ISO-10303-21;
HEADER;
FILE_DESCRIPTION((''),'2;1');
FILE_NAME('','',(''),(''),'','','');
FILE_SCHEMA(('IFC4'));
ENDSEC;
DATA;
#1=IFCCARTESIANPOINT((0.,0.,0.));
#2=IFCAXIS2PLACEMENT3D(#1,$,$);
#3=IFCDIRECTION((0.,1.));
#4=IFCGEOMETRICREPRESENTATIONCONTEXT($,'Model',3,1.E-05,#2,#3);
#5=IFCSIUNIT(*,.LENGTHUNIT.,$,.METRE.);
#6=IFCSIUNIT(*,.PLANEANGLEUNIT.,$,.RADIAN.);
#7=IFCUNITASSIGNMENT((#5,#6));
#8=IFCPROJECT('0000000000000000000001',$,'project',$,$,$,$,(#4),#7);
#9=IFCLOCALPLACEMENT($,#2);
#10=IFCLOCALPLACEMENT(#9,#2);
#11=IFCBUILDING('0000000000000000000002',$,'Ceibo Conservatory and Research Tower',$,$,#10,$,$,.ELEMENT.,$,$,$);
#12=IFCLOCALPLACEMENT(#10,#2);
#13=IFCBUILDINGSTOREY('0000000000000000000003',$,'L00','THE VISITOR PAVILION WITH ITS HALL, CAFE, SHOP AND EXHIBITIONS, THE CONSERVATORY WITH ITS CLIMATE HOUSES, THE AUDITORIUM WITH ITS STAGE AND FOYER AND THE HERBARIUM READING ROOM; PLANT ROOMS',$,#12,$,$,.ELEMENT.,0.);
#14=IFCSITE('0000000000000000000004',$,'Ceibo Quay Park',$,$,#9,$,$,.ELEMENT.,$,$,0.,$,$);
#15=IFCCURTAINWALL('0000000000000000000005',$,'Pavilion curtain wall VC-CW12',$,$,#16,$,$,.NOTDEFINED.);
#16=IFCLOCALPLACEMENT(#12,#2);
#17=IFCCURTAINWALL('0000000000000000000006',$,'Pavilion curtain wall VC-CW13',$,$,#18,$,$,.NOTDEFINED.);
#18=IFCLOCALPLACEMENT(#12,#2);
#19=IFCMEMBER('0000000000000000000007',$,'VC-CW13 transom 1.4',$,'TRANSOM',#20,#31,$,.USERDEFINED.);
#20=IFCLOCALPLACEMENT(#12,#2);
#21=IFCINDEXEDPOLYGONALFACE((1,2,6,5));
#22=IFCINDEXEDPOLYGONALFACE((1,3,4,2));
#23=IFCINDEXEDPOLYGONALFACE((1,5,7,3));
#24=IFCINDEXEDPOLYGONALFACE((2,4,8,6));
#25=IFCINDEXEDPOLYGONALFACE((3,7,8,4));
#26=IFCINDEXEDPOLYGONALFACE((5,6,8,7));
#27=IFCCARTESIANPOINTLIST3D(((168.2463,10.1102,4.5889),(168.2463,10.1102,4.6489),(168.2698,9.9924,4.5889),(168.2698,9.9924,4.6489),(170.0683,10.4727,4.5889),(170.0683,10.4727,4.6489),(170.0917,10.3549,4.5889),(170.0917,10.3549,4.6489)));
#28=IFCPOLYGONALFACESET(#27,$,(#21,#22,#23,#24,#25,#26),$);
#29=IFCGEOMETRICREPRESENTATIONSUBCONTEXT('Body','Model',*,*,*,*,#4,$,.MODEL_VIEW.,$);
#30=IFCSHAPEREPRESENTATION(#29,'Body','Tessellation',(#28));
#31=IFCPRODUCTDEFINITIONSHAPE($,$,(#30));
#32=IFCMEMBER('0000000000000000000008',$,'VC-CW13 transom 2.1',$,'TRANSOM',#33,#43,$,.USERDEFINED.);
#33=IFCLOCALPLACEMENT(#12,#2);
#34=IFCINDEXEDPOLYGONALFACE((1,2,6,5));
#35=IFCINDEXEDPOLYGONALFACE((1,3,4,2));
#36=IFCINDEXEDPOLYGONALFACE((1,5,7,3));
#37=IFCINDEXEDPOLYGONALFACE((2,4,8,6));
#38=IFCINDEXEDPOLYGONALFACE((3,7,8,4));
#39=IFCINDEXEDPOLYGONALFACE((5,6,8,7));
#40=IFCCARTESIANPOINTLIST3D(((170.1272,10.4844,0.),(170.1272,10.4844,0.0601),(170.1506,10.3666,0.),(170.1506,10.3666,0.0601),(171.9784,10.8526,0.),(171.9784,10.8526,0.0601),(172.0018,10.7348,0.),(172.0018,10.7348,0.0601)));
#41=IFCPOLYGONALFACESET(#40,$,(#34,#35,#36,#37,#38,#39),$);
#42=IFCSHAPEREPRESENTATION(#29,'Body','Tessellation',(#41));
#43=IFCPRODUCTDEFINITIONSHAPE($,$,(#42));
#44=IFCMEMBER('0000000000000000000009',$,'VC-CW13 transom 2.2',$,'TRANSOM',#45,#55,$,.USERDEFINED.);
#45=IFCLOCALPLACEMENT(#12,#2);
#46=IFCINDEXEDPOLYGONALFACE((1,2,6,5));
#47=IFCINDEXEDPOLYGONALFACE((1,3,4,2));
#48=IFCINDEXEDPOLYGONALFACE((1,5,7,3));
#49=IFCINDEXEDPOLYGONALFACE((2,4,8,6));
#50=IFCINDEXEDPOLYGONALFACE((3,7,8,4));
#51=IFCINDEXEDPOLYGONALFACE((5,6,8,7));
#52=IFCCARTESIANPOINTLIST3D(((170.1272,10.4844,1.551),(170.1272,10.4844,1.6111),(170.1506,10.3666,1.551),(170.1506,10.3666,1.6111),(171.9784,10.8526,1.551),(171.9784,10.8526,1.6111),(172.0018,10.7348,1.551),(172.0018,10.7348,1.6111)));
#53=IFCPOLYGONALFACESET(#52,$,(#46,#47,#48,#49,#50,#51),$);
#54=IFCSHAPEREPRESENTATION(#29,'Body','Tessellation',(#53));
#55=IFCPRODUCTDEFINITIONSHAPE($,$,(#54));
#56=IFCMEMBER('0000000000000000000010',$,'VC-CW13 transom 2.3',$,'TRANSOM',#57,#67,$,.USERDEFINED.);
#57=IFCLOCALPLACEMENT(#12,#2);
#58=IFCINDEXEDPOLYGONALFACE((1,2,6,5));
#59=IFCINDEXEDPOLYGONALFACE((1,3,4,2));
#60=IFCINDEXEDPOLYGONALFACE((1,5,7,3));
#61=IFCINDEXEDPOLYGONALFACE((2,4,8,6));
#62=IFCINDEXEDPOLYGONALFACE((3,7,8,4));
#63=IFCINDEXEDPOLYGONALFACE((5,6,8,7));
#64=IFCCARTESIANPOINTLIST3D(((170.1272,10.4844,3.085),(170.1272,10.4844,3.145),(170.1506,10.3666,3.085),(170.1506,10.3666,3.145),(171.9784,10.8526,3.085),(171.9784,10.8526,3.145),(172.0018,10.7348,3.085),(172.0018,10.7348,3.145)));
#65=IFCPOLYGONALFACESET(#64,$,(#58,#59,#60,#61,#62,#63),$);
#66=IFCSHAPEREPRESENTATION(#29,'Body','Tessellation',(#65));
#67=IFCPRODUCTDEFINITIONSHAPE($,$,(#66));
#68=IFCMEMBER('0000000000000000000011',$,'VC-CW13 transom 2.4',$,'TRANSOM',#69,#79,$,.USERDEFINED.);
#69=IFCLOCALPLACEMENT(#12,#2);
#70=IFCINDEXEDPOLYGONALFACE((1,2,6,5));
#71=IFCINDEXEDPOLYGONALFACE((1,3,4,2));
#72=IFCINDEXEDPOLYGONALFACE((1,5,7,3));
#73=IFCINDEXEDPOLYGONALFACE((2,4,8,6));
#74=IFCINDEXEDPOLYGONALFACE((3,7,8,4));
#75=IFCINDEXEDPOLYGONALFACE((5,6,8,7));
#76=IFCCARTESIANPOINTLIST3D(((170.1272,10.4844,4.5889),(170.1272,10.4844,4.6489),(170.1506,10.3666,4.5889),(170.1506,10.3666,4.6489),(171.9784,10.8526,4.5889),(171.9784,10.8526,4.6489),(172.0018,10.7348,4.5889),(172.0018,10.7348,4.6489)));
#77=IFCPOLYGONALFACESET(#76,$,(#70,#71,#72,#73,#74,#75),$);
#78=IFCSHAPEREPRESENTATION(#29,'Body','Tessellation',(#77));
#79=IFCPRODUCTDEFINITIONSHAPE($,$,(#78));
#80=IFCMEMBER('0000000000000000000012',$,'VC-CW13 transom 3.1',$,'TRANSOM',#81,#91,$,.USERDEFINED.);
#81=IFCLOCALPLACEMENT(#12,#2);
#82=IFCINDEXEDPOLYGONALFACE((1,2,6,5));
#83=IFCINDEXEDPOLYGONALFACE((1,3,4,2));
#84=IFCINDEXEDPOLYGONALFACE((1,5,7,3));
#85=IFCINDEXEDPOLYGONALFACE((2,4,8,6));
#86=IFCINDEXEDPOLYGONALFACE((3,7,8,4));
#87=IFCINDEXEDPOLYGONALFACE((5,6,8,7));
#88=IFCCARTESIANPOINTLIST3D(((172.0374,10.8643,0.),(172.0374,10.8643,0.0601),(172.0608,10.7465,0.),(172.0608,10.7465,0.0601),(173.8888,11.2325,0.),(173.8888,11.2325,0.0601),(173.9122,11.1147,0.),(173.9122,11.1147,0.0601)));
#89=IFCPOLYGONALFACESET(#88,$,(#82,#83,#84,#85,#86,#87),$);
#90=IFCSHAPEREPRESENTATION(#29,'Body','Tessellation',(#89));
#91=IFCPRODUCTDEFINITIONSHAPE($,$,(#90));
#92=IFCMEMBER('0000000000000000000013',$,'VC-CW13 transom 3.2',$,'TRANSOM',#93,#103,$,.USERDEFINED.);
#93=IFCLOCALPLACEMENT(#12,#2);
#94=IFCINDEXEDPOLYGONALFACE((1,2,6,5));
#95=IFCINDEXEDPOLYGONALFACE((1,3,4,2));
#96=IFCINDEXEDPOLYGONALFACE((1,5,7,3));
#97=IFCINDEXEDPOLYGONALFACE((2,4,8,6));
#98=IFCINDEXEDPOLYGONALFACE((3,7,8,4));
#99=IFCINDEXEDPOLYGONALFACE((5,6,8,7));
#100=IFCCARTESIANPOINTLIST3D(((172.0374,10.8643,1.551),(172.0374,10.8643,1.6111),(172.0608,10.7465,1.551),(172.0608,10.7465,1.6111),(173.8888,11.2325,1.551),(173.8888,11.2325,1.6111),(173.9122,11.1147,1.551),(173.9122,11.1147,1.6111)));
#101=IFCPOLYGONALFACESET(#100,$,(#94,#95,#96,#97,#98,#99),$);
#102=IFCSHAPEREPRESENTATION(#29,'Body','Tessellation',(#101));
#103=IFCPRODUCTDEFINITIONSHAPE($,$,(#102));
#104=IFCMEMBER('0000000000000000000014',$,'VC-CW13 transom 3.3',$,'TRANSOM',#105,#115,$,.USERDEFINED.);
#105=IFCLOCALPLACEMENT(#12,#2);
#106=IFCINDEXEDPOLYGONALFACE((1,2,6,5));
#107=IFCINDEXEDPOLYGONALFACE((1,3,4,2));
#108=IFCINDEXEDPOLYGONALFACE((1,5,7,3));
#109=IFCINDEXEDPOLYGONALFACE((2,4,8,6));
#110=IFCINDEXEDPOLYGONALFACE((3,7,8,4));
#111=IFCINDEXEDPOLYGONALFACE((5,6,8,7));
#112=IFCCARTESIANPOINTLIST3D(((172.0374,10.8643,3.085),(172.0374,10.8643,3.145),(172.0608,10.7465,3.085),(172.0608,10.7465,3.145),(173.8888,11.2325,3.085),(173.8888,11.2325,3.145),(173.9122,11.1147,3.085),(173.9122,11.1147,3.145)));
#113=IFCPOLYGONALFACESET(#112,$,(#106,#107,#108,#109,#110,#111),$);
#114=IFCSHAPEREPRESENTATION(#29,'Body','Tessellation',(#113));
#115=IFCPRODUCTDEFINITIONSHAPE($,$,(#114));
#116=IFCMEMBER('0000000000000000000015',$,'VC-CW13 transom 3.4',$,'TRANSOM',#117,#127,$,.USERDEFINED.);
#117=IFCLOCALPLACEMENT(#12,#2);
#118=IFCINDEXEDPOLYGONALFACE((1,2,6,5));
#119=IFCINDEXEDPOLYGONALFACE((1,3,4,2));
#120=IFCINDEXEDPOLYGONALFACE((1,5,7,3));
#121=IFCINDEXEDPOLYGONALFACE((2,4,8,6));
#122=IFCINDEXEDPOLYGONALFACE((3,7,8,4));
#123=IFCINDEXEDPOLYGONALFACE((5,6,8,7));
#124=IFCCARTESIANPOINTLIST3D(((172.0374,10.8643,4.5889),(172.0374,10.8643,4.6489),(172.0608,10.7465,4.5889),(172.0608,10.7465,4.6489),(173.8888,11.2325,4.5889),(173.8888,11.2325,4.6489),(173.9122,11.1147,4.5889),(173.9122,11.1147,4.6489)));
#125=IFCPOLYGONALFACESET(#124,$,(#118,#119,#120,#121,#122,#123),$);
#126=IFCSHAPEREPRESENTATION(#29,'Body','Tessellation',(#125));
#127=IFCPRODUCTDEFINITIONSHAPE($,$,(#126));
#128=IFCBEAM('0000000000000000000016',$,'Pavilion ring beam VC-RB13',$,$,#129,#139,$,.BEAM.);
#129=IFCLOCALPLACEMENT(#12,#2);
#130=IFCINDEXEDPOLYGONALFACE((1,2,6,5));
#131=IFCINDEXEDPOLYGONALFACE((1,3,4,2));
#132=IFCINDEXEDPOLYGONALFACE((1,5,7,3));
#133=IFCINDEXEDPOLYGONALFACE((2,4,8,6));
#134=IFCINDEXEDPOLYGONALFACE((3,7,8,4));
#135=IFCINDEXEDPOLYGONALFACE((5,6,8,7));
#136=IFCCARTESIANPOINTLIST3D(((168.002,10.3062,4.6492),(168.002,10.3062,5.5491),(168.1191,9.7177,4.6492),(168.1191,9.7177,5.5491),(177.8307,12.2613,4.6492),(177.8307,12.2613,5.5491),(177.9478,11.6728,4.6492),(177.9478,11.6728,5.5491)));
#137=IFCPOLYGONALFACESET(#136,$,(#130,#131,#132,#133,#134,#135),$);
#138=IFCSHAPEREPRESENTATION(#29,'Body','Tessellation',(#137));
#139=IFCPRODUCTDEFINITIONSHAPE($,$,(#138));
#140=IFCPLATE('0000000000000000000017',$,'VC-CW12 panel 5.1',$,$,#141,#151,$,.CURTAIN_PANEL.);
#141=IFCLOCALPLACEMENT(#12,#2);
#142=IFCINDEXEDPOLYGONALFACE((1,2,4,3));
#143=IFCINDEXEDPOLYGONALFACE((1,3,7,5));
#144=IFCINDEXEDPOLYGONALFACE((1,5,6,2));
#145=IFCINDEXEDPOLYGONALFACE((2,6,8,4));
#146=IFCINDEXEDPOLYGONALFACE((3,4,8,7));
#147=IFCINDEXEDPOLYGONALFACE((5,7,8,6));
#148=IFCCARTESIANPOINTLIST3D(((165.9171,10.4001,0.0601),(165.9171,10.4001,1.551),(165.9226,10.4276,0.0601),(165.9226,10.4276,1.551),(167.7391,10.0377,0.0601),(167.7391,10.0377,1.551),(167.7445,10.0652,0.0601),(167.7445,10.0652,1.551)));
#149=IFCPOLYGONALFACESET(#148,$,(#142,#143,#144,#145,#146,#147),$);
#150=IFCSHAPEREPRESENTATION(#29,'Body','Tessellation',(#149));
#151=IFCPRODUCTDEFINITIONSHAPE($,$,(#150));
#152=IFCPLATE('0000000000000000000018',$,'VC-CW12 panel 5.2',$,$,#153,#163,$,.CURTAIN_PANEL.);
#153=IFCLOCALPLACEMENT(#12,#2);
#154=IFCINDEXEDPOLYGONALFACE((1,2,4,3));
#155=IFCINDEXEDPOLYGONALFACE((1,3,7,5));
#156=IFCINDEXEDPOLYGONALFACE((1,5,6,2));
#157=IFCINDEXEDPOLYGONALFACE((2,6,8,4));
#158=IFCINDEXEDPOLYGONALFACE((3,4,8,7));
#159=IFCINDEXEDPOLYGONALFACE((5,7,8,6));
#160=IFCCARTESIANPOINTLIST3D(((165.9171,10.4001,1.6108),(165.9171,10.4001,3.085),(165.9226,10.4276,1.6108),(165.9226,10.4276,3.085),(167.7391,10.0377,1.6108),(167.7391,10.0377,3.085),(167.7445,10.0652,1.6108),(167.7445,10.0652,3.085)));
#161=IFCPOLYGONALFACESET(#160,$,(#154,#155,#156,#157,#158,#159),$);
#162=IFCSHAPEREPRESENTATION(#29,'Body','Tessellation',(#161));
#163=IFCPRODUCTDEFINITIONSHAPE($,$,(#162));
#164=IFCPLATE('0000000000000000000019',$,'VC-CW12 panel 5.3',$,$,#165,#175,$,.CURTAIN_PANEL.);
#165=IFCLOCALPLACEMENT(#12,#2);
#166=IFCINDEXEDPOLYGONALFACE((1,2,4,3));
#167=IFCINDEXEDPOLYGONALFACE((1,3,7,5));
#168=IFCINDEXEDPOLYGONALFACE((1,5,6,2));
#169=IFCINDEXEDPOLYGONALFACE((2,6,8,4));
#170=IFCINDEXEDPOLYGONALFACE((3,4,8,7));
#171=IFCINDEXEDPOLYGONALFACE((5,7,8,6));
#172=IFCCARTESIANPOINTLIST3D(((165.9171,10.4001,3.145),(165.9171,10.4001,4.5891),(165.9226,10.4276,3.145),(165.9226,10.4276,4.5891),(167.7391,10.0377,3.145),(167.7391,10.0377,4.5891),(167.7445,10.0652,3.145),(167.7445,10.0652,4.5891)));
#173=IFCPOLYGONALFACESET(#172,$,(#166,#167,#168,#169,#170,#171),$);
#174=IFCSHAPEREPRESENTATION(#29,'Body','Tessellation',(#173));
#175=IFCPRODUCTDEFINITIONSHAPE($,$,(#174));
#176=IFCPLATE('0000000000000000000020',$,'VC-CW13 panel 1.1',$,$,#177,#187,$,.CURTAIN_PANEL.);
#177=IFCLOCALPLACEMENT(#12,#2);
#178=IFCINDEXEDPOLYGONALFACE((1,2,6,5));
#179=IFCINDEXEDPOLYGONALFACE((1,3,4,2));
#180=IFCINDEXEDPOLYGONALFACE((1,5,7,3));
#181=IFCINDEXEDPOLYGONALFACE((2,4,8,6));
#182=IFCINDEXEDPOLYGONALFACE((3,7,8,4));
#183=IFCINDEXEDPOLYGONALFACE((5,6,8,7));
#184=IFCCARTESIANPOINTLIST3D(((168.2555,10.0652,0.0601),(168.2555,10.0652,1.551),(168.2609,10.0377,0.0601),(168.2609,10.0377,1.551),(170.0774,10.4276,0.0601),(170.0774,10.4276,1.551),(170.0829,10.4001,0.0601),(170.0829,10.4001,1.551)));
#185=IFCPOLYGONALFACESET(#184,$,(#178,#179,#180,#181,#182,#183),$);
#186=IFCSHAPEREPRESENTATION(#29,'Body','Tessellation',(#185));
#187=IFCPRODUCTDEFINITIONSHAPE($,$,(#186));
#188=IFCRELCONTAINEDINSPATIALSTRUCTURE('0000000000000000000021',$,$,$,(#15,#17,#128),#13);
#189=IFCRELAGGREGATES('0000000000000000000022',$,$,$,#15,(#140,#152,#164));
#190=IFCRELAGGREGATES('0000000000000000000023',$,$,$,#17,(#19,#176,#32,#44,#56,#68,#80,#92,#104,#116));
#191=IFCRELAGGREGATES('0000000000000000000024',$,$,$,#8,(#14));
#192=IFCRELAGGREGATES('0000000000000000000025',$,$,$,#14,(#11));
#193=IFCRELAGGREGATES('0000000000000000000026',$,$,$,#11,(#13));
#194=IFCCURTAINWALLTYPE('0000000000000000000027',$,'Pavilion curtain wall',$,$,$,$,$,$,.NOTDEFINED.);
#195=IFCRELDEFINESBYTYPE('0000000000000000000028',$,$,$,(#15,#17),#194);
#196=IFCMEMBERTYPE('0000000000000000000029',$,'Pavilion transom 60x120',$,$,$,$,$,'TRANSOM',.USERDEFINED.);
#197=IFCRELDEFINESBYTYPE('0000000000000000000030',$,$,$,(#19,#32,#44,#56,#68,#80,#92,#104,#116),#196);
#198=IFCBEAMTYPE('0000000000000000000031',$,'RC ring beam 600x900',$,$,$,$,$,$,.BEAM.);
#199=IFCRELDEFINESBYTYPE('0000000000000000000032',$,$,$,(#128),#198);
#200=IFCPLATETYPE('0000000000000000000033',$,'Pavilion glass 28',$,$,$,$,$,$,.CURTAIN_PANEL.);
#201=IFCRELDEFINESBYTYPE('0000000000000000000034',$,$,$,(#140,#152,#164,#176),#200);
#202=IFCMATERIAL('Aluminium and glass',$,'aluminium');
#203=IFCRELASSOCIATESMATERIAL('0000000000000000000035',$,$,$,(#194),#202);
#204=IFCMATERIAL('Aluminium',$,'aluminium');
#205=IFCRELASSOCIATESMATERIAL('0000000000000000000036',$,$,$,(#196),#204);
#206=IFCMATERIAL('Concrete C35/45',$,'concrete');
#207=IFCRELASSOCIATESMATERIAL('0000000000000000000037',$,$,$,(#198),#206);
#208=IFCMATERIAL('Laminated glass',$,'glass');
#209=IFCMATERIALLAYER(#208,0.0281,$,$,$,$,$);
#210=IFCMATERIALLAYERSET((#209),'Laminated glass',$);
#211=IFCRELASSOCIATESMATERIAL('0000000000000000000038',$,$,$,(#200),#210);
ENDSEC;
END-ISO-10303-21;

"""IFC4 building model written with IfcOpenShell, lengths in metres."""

from ifc_helpers import new_model, si_unit, direction, frame, origin, origin_2d, place, context, subcontext, project, spatial, rectangle, extrude, material, layer, layer_set, material_profile, profile_set, type_object, element, aggregate, save


model = new_model("IFC4")

# Units and contexts
model_context = context("Model", 3, precision=1e-05, world=origin(), true_north=direction((0.0, 1.0)))
body_context = subcontext(model_context, "Body", "Model", "MODEL_VIEW")
ifc_project = project(units=[si_unit("LENGTHUNIT", "METRE"), si_unit("PLANEANGLEUNIT", "RADIAN")], contexts=[model_context])

# Site, building, storey
site_placement = place(None, origin())
site = spatial("IfcSite", under=ifc_project, at=site_placement, Name="Ceibo Quay Park", CompositionType="ELEMENT", RefElevation=0.0)
building_placement = place(site_placement, origin())
building = spatial("IfcBuilding", under=site, at=building_placement, Name="Ceibo Conservatory and Research Tower", CompositionType="ELEMENT")
storey_placement = place(building_placement, origin())
storey = spatial("IfcBuildingStorey", under=building, at=storey_placement, Name="L00", Description="THE VISITOR PAVILION WITH ITS HALL, CAFE, SHOP AND EXHIBITIONS, THE CONSERVATORY WITH ITS CLIMATE HOUSES, THE AUDITORIUM WITH ITS STAGE AND FOYER AND THE HERBARIUM READING ROOM; PLANT ROOMS", CompositionType="ELEMENT", Elevation=0.0)

# Shared definitions
ifc_material_1 = material(Name="Concrete C35/45", Category="concrete")

# Curtain wall
ifc_material_2 = material(Name="Aluminium and glass", Category="aluminium")
curtain_wall_type = type_object("IfcCurtainWallType", Name="Pavilion curtain wall", PredefinedType="NOTDEFINED", material=ifc_material_2)
curtain_wall_1_placement = place(storey_placement, origin())
curtain_wall_1 = element("IfcCurtainWall", 1, at=curtain_wall_1_placement, inside=storey, type_object=curtain_wall_type, Name="Pavilion curtain wall VC-CW12", PredefinedType="NOTDEFINED")
ifc_material_3 = material(Name="Aluminium", Category="aluminium")

# Curtain wall, members
curtain_wall_2_placement = place(storey_placement, origin())
curtain_wall_2 = element("IfcCurtainWall", 2, at=curtain_wall_2_placement, inside=storey, type_object=curtain_wall_type, Name="Pavilion curtain wall VC-CW13", PredefinedType="NOTDEFINED")
ifc_material_profile_1 = material_profile(ifc_material_3, rectangle(XDim=0.1201, YDim=0.0601, at=origin_2d()), Name="AL 60x120")
ifc_profile_set_1 = profile_set([ifc_material_profile_1], Name="Aluminium")
member_type_1 = type_object("IfcMemberType", Name="Pavilion transom 60x120", ElementType="TRANSOM", PredefinedType="USERDEFINED", material=ifc_profile_set_1)
member_1_placement = place(storey_placement, frame((168.2581, 10.0513, 4.6189), z_axis=(0.980772, 0.195156, 0.0), x_axis=(-0.195156, 0.980772, 0.0)))
member_1 = element("IfcMember", 3, at=member_1_placement, type_object=member_type_1, Name="VC-CW13 transom 1.4", ObjectType="TRANSOM", PredefinedType="USERDEFINED", context=body_context, shape_type="SweptSolid", body=[
    extrude(rectangle(XDim=0.1201, YDim=0.0601, at=origin_2d()), origin(), (0.0, 0.0, 1.0), 1.8577),
])
member_2_placement = place(storey_placement, frame((170.1389, 10.4255, 0.03), z_axis=(0.980794, 0.195046, 0.0), x_axis=(-0.195046, 0.980794, 0.0)))
member_2 = element("IfcMember", 4, at=member_2_placement, type_object=member_type_1, Name="VC-CW13 transom 2.1", ObjectType="TRANSOM", PredefinedType="USERDEFINED", context=body_context, shape_type="SweptSolid", body=[
    extrude(rectangle(XDim=0.1201, YDim=0.0601, at=origin_2d()), origin(), (0.0, 0.0, 1.0), 1.8875),
])
member_3_placement = place(storey_placement, frame((170.1389, 10.4255, 1.5811), z_axis=(0.980794, 0.195046, 0.0), x_axis=(-0.195046, 0.980794, 0.0)))
member_3 = element("IfcMember", 5, at=member_3_placement, type_object=member_type_1, Name="VC-CW13 transom 2.2", ObjectType="TRANSOM", PredefinedType="USERDEFINED", context=body_context, shape_type="SweptSolid", body=[
    extrude(rectangle(XDim=0.1201, YDim=0.0601, at=origin_2d()), origin(), (0.0, 0.0, 1.0), 1.8875),
])
member_4_placement = place(storey_placement, frame((170.1389, 10.4255, 3.115), z_axis=(0.980794, 0.195046, 0.0), x_axis=(-0.195046, 0.980794, 0.0)))
member_4 = element("IfcMember", 6, at=member_4_placement, type_object=member_type_1, Name="VC-CW13 transom 2.3", ObjectType="TRANSOM", PredefinedType="USERDEFINED", context=body_context, shape_type="SweptSolid", body=[
    extrude(rectangle(XDim=0.1201, YDim=0.0601, at=origin_2d()), origin(), (0.0, 0.0, 1.0), 1.8875),
])
member_5_placement = place(storey_placement, frame((170.1389, 10.4255, 4.6189), z_axis=(0.980794, 0.195046, 0.0), x_axis=(-0.195046, 0.980794, 0.0)))
member_5 = element("IfcMember", 7, at=member_5_placement, type_object=member_type_1, Name="VC-CW13 transom 2.4", ObjectType="TRANSOM", PredefinedType="USERDEFINED", context=body_context, shape_type="SweptSolid", body=[
    extrude(rectangle(XDim=0.1201, YDim=0.0601, at=origin_2d()), origin(), (0.0, 0.0, 1.0), 1.8875),
])
member_6_placement = place(storey_placement, frame((172.0491, 10.8054, 0.03), z_axis=(0.980799, 0.195022, 0.0), x_axis=(-0.195022, 0.980799, 0.0)))
member_6 = element("IfcMember", 8, at=member_6_placement, type_object=member_type_1, Name="VC-CW13 transom 3.1", ObjectType="TRANSOM", PredefinedType="USERDEFINED", context=body_context, shape_type="SweptSolid", body=[
    extrude(rectangle(XDim=0.1201, YDim=0.0601, at=origin_2d()), origin(), (0.0, 0.0, 1.0), 1.8877),
])
member_7_placement = place(storey_placement, frame((172.0491, 10.8054, 1.5811), z_axis=(0.980799, 0.195022, 0.0), x_axis=(-0.195022, 0.980799, 0.0)))
member_7 = element("IfcMember", 9, at=member_7_placement, type_object=member_type_1, Name="VC-CW13 transom 3.2", ObjectType="TRANSOM", PredefinedType="USERDEFINED", context=body_context, shape_type="SweptSolid", body=[
    extrude(rectangle(XDim=0.1201, YDim=0.0601, at=origin_2d()), origin(), (0.0, 0.0, 1.0), 1.8877),
])
member_8_placement = place(storey_placement, frame((172.0491, 10.8054, 3.115), z_axis=(0.980799, 0.195022, 0.0), x_axis=(-0.195022, 0.980799, 0.0)))
member_8 = element("IfcMember", 10, at=member_8_placement, type_object=member_type_1, Name="VC-CW13 transom 3.3", ObjectType="TRANSOM", PredefinedType="USERDEFINED", context=body_context, shape_type="SweptSolid", body=[
    extrude(rectangle(XDim=0.1201, YDim=0.0601, at=origin_2d()), origin(), (0.0, 0.0, 1.0), 1.8877),
])
member_9_placement = place(storey_placement, frame((172.0491, 10.8054, 4.6189), z_axis=(0.980799, 0.195022, 0.0), x_axis=(-0.195022, 0.980799, 0.0)))
member_9 = element("IfcMember", 11, at=member_9_placement, type_object=member_type_1, Name="VC-CW13 transom 3.4", ObjectType="TRANSOM", PredefinedType="USERDEFINED", context=body_context, shape_type="SweptSolid", body=[
    extrude(rectangle(XDim=0.1201, YDim=0.0601, at=origin_2d()), origin(), (0.0, 0.0, 1.0), 1.8877),
])

# Beam
ifc_material_profile_2 = material_profile(ifc_material_1, rectangle(XDim=0.6001, YDim=0.8999, at=origin_2d()), Name="RC 600x900")
ifc_profile_set_2 = profile_set([ifc_material_profile_2], Name="Concrete C35/45")
beam_type = type_object("IfcBeamType", Name="RC ring beam 600x900", PredefinedType="BEAM", material=ifc_profile_set_2)
beam_placement = place(storey_placement, frame((168.0605, 10.012, 5.0991), z_axis=(0.980784, 0.195095, 0.0), x_axis=(-0.195095, 0.980784, 0.0)))
element("IfcBeam", 12, at=beam_placement, inside=storey, type_object=beam_type, Name="Pavilion ring beam VC-RB13", PredefinedType="BEAM", context=body_context, shape_type="SweptSolid", body=[
    extrude(rectangle(XDim=0.6001, YDim=0.8999, at=origin_2d()), origin(), (0.0, 0.0, 1.0), 10.0212),
])

# Plates
ifc_material_4 = material(Name="Laminated glass", Category="glass")
ifc_layer_1 = layer(ifc_material_4, 0.0281)
ifc_layer_set_1 = layer_set([ifc_layer_1], Name="Laminated glass")
plate_type = type_object("IfcPlateType", Name="Pavilion glass 28", PredefinedType="CURTAIN_PANEL", material=ifc_layer_set_1)
plate_1_placement = place(storey_placement, frame((166.8308, 10.2327, 0.0601), z_axis=(0.0, 0.0, 1.0), x_axis=(0.980785, -0.19509, 0.0)))
plate_1 = element("IfcPlate", 13, at=plate_1_placement, type_object=plate_type, Name="VC-CW12 panel 5.1", PredefinedType="CURTAIN_PANEL", context=body_context, shape_type="SweptSolid", body=[
    extrude(rectangle(XDim=1.8577, YDim=0.0281, at=origin_2d()), origin(), (0.0, 0.0, 1.0), 1.491),
])
plate_2_placement = place(storey_placement, frame((166.8308, 10.2327, 1.6108), z_axis=(0.0, 0.0, 1.0), x_axis=(0.980785, -0.19509, 0.0)))
plate_2 = element("IfcPlate", 14, at=plate_2_placement, type_object=plate_type, Name="VC-CW12 panel 5.2", PredefinedType="CURTAIN_PANEL", context=body_context, shape_type="SweptSolid", body=[
    extrude(rectangle(XDim=1.8577, YDim=0.0281, at=origin_2d()), origin(), (0.0, 0.0, 1.0), 1.4741),
])
plate_3_placement = place(storey_placement, frame((166.8308, 10.2327, 3.145), z_axis=(0.0, 0.0, 1.0), x_axis=(0.980785, -0.19509, 0.0)))
plate_3 = element("IfcPlate", 15, at=plate_3_placement, type_object=plate_type, Name="VC-CW12 panel 5.3", PredefinedType="CURTAIN_PANEL", context=body_context, shape_type="SweptSolid", body=[
    extrude(rectangle(XDim=1.8577, YDim=0.0281, at=origin_2d()), origin(), (0.0, 0.0, 1.0), 1.4441),
])
aggregate(curtain_wall_1, [plate_1, plate_2, plate_3])
plate_4_placement = place(storey_placement, frame((169.1692, 10.2327, 0.0601), z_axis=(0.0, 0.0, 1.0), x_axis=(0.980785, 0.19509, 0.0)))
plate_4 = element("IfcPlate", 16, at=plate_4_placement, type_object=plate_type, Name="VC-CW13 panel 1.1", PredefinedType="CURTAIN_PANEL", context=body_context, shape_type="SweptSolid", body=[
    extrude(rectangle(XDim=1.8577, YDim=0.0281, at=origin_2d()), origin(), (0.0, 0.0, 1.0), 1.491),
])
aggregate(curtain_wall_2, [member_1, plate_4, member_2, member_3, member_4, member_5, member_6, member_7, member_8, member_9])

save(model, "model.ifc")
